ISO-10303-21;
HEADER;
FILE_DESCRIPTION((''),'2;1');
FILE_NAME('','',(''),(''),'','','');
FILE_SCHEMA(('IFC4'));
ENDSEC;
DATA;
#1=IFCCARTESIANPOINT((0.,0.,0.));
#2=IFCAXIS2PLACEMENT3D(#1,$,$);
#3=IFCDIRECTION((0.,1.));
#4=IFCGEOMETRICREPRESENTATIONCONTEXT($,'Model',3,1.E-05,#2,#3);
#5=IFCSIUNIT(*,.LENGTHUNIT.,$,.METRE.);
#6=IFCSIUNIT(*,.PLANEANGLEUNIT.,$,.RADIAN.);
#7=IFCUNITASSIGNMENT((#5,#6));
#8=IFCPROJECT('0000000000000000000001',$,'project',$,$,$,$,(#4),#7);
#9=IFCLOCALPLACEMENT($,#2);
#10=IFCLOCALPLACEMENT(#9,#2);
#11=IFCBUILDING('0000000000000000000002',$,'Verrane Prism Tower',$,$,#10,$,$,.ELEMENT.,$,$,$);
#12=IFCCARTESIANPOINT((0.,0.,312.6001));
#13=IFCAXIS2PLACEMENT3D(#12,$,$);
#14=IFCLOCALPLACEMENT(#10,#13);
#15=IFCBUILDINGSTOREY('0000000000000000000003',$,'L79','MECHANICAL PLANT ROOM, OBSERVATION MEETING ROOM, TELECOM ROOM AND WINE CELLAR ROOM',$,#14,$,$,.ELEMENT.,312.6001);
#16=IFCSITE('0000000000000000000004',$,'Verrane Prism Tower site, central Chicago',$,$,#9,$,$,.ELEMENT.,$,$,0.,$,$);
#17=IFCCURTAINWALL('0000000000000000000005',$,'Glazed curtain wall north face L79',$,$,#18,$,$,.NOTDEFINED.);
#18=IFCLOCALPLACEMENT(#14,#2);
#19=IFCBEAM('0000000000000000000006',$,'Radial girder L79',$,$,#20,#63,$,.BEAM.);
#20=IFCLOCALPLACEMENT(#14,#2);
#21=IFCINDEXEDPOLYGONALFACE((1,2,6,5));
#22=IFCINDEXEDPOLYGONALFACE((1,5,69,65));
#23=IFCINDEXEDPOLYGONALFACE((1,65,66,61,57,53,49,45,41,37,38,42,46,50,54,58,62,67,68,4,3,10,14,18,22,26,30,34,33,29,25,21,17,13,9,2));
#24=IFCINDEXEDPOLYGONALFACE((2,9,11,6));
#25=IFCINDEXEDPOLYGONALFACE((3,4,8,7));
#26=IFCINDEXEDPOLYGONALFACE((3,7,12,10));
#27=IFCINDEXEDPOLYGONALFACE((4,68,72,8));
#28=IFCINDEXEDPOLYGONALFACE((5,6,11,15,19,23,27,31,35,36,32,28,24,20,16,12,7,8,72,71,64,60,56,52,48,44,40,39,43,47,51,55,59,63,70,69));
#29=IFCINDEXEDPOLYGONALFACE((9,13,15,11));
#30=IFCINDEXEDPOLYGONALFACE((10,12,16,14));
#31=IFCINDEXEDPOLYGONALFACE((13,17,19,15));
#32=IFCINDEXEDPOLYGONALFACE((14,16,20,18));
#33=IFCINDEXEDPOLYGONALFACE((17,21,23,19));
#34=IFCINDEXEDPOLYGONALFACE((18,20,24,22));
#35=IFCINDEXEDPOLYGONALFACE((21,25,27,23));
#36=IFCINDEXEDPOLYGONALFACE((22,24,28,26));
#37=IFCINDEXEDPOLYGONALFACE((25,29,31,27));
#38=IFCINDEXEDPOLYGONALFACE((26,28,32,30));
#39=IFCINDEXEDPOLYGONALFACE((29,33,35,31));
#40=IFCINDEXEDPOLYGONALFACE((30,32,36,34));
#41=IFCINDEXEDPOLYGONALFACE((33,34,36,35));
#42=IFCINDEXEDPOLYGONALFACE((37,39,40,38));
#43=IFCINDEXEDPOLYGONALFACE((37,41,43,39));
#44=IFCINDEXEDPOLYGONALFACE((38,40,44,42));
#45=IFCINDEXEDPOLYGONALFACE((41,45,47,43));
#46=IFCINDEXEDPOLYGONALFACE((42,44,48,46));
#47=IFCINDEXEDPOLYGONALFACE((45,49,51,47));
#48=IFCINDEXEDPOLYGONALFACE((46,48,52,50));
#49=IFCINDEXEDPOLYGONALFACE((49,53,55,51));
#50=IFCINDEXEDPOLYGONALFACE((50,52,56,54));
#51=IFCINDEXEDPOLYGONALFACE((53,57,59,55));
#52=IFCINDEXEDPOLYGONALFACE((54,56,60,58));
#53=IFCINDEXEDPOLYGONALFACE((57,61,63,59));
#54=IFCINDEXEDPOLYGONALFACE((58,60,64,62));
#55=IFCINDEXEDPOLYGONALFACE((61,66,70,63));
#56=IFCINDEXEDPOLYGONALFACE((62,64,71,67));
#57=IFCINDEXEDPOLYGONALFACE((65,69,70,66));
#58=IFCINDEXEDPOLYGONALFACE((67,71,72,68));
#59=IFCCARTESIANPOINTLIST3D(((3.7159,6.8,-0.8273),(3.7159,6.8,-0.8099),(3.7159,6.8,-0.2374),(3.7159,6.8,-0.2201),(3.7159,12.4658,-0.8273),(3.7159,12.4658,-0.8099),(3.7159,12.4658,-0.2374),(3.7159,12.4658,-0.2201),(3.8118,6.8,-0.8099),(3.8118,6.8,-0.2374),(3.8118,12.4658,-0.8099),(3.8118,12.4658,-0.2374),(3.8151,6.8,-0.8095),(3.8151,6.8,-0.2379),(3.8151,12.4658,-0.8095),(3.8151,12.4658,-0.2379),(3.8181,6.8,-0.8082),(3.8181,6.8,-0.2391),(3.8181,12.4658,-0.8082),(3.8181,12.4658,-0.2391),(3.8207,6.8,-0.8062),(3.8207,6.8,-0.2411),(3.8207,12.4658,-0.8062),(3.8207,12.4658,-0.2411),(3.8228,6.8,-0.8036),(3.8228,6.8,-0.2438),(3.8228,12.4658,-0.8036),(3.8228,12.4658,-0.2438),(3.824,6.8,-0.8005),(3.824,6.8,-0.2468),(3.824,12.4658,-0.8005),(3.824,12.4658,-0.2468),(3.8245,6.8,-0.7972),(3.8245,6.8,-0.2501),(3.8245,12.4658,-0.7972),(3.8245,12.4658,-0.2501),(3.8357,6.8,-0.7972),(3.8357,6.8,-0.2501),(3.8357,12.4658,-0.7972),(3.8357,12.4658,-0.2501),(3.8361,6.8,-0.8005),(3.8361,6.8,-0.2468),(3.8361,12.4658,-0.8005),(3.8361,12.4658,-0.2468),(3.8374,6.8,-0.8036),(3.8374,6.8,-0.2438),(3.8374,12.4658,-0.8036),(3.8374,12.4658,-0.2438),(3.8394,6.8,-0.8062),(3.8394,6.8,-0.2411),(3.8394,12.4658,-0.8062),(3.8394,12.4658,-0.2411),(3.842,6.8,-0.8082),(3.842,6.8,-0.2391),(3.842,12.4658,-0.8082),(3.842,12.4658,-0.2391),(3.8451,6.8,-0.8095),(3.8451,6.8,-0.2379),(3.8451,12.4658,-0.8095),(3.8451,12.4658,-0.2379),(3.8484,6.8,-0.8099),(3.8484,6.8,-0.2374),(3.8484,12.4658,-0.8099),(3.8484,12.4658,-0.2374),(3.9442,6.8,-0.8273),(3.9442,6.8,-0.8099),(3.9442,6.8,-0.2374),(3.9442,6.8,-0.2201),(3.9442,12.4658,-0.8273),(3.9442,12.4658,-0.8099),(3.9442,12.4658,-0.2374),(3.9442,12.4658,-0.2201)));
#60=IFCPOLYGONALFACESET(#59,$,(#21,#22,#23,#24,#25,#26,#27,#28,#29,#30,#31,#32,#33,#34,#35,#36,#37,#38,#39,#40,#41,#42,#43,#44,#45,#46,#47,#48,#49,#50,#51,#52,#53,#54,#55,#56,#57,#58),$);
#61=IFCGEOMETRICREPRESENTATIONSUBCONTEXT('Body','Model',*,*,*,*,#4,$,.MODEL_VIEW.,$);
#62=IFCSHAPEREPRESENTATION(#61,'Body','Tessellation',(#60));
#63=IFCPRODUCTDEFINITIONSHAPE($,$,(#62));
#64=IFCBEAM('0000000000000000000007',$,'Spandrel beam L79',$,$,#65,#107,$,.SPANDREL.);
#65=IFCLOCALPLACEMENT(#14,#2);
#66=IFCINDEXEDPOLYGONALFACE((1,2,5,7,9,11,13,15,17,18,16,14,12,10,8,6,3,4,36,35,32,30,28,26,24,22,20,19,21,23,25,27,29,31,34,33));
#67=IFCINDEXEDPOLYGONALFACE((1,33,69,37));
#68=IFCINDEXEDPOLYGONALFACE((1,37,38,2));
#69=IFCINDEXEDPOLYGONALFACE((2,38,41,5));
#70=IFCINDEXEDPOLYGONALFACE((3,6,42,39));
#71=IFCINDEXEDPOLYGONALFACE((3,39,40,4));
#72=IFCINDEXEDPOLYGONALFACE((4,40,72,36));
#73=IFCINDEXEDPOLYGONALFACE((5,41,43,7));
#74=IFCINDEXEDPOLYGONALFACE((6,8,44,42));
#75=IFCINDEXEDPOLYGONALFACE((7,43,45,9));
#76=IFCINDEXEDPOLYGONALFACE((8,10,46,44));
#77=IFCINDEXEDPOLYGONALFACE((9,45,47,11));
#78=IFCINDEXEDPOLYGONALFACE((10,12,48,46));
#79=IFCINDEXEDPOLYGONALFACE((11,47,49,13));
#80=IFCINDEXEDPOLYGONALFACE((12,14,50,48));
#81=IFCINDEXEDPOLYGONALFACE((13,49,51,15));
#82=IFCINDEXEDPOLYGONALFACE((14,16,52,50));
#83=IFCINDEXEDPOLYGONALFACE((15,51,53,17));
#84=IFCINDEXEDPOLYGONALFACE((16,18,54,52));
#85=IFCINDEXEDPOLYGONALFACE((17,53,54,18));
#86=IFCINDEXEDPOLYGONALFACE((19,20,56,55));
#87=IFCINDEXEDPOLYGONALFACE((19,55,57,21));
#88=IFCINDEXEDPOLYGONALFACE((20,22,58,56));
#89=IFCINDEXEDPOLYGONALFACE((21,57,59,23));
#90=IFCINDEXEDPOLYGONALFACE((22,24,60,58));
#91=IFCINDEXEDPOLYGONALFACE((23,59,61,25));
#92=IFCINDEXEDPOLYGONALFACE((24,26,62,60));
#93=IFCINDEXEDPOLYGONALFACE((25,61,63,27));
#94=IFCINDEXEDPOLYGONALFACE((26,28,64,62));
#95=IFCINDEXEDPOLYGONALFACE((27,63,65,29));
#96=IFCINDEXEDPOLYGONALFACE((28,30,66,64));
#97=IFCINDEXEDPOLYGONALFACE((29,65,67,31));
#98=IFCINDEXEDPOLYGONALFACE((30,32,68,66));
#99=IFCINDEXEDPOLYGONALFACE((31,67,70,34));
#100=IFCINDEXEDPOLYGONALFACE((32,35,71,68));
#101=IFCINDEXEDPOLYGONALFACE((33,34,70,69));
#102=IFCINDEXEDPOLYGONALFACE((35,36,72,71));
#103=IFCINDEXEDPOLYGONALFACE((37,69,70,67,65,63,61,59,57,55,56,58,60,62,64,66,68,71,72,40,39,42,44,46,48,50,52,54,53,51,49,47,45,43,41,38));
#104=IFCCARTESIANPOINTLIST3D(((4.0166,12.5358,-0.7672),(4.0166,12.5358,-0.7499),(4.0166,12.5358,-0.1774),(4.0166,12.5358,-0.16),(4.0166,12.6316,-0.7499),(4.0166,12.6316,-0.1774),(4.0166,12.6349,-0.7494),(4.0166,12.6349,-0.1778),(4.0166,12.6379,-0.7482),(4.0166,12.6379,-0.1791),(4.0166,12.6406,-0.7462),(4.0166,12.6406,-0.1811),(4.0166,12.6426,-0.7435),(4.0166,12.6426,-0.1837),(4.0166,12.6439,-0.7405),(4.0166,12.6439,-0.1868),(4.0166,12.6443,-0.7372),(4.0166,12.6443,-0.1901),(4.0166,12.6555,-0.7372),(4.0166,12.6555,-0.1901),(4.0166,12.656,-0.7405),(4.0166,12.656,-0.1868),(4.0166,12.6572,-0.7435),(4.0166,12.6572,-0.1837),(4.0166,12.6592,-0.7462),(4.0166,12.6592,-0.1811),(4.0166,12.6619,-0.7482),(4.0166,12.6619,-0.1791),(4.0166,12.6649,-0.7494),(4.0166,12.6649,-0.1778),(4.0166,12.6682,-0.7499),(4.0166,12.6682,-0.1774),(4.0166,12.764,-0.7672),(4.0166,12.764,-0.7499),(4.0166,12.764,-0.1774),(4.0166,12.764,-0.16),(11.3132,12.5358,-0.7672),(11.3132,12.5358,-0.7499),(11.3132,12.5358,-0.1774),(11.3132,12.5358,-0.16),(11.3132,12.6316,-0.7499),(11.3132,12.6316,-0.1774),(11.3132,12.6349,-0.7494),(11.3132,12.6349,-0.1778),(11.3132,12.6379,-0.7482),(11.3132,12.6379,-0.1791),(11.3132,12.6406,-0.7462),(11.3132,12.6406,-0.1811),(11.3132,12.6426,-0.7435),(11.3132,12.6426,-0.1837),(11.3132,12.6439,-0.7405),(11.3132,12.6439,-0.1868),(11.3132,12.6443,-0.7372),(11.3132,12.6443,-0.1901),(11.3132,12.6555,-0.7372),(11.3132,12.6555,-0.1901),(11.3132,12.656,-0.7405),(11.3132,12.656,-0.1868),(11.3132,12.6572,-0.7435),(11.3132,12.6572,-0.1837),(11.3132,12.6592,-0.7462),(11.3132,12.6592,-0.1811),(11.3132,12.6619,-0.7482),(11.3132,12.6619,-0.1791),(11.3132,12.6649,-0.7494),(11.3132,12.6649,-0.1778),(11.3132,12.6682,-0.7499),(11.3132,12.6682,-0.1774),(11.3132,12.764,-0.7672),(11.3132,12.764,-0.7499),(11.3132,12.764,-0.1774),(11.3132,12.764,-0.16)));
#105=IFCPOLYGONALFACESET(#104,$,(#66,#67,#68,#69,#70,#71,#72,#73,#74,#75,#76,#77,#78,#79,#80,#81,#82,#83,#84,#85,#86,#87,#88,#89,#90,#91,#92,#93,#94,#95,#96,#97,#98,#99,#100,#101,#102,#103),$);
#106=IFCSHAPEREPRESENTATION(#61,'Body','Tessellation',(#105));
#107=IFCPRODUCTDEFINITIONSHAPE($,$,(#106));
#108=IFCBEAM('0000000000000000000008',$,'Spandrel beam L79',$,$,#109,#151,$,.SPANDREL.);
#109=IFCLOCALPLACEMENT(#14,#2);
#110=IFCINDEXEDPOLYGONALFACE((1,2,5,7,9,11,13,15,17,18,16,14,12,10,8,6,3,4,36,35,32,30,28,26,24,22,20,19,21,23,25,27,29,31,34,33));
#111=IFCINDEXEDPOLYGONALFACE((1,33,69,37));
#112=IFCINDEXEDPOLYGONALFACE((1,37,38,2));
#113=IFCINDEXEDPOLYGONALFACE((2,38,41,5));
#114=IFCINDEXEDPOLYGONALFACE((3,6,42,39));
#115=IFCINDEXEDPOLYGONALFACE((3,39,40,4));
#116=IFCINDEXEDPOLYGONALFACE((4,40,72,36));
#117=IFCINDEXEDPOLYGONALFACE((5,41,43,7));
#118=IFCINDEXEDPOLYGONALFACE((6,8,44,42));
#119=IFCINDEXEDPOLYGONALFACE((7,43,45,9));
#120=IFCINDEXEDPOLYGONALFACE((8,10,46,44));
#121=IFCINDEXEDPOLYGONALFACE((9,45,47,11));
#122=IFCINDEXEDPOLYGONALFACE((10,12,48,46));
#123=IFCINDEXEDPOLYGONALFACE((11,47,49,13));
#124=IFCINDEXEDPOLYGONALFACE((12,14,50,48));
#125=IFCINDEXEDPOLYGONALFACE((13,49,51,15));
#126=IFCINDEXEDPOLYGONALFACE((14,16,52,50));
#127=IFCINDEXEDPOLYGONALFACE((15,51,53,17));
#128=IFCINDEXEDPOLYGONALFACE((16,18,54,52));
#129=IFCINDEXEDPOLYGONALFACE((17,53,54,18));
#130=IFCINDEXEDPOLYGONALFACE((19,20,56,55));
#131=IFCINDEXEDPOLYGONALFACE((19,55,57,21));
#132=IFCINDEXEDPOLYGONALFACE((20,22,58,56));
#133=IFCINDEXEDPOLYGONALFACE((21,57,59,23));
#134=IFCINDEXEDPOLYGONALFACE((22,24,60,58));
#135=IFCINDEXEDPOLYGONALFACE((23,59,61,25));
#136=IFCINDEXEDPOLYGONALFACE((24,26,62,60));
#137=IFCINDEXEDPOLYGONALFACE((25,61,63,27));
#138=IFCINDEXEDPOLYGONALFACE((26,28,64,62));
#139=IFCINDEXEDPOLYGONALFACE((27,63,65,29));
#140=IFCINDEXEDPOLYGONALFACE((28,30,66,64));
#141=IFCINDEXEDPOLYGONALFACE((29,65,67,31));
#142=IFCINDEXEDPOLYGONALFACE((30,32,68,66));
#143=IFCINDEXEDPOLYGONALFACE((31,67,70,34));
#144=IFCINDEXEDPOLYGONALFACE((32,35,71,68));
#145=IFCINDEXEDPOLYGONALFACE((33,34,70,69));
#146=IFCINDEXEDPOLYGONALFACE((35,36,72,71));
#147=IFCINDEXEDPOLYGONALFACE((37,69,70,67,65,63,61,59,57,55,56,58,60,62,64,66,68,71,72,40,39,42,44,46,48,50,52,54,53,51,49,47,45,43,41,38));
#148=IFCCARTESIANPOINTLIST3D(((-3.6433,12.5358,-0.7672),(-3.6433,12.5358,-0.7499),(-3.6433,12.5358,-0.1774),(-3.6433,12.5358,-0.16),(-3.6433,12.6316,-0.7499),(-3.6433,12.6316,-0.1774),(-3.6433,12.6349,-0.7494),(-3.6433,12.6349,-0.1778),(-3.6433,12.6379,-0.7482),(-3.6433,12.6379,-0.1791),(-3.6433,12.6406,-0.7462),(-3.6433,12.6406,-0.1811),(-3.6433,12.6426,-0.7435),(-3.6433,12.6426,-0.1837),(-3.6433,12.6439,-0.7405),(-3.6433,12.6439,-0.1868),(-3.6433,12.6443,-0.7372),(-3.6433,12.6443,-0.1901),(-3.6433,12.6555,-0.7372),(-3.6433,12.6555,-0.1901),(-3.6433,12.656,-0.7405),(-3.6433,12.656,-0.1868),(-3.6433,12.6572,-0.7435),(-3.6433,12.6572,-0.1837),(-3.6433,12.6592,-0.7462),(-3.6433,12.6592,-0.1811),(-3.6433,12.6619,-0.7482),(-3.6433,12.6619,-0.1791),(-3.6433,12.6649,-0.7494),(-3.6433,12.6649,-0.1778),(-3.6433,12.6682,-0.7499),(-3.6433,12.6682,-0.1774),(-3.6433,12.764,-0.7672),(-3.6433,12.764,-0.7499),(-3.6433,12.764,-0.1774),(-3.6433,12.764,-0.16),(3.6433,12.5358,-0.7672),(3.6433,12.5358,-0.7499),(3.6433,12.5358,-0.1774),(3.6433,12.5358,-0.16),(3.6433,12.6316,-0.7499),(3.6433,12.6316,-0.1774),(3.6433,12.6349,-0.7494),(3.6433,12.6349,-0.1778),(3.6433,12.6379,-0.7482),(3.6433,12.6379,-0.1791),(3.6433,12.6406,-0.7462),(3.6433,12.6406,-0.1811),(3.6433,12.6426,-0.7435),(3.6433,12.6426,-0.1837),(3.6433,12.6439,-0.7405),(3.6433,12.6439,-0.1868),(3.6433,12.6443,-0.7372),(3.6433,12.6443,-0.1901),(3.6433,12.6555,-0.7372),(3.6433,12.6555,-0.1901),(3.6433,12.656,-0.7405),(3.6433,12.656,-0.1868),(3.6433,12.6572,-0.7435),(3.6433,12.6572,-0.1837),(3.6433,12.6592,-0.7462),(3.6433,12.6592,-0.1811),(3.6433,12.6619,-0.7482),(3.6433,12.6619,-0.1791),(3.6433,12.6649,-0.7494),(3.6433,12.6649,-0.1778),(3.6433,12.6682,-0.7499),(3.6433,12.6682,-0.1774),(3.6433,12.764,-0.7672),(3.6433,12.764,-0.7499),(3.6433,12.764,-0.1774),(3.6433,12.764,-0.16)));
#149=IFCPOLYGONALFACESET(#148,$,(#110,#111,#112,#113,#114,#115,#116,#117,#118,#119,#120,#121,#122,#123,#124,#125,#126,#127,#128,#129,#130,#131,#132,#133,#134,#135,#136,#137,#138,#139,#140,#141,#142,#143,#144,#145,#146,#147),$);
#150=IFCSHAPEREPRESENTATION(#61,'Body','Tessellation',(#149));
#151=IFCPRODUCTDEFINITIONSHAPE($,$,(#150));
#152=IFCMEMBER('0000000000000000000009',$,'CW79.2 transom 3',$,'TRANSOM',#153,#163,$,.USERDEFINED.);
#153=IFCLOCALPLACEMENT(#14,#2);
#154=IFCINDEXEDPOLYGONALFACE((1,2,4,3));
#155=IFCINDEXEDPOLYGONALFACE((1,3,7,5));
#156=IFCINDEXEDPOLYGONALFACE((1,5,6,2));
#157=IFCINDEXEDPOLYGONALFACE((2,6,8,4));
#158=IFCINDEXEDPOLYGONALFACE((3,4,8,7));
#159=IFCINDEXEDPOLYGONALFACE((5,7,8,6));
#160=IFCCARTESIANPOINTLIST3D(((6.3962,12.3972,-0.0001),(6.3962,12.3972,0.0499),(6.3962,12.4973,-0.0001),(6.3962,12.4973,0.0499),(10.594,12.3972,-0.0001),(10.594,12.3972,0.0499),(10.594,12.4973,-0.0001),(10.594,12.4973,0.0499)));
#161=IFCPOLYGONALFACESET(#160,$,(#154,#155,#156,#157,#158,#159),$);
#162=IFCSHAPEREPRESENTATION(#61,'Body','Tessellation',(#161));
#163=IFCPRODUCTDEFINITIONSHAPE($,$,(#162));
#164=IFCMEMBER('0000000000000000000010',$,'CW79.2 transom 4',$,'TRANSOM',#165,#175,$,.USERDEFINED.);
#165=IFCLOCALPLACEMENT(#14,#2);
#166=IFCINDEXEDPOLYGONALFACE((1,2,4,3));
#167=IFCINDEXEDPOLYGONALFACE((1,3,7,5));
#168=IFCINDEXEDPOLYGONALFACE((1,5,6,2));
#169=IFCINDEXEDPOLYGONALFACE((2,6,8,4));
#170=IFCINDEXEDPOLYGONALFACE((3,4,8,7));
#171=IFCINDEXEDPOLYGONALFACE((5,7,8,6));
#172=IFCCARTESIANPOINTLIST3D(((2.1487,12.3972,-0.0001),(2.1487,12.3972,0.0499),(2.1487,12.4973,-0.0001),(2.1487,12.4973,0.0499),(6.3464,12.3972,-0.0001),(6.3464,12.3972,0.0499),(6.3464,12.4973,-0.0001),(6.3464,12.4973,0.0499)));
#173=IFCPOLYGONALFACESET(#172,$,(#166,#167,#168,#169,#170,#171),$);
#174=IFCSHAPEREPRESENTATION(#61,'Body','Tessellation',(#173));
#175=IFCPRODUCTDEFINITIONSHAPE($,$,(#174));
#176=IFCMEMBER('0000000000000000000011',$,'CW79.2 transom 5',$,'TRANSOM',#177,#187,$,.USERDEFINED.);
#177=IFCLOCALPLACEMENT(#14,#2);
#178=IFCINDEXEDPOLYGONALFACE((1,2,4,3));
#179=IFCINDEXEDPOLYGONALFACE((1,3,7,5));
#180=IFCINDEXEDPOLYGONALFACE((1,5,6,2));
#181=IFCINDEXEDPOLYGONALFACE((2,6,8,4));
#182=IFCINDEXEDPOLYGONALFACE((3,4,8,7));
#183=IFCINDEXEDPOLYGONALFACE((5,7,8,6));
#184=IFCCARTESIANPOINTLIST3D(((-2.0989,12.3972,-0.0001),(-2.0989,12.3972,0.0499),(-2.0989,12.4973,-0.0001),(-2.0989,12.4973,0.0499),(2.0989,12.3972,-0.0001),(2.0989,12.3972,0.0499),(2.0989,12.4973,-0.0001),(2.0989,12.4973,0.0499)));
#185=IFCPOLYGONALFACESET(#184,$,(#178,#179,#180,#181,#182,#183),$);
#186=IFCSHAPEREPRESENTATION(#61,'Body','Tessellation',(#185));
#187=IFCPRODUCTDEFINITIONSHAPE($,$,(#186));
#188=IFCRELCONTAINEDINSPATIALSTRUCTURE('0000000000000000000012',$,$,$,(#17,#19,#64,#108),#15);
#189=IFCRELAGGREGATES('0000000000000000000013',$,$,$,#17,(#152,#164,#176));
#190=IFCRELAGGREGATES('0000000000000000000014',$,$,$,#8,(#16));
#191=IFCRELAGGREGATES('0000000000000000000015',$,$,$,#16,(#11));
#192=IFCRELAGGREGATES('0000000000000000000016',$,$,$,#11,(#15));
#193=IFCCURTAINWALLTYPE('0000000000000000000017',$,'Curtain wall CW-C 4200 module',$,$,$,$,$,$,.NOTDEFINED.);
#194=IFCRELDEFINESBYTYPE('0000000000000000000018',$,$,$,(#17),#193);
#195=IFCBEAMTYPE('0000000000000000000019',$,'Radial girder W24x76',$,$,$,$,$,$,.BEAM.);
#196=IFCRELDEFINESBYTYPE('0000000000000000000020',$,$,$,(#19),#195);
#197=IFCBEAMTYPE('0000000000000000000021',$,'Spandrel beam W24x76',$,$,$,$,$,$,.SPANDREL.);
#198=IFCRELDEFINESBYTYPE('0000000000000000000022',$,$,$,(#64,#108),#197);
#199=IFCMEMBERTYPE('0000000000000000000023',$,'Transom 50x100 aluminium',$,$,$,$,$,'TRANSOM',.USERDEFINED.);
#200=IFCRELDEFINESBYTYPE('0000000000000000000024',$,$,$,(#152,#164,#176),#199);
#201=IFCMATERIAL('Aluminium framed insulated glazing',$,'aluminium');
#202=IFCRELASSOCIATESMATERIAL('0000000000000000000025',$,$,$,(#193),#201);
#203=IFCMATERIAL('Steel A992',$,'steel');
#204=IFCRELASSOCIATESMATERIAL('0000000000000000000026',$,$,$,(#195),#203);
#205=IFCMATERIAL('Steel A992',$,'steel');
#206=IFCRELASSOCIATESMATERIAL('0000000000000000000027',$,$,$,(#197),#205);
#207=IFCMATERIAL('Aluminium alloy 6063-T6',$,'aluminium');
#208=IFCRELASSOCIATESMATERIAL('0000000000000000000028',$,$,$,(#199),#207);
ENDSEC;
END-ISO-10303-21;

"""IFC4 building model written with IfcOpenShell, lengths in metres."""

from ifc_helpers import new_model, si_unit, direction, frame, origin, origin_2d, place, context, subcontext, project, spatial, rectangle, i_section, extrude, material, material_profile, profile_set, type_object, element, aggregate, save


model = new_model("IFC4")

# Units and contexts
model_context = context("Model", 3, precision=1e-05, world=origin(), true_north=direction((0.0, 1.0)))
body_context = subcontext(model_context, "Body", "Model", "MODEL_VIEW")
ifc_project = project(units=[si_unit("LENGTHUNIT", "METRE"), si_unit("PLANEANGLEUNIT", "RADIAN")], contexts=[model_context])

# Site, building, storey
site_placement = place(None, origin())
site = spatial("IfcSite", under=ifc_project, at=site_placement, Name="Verrane Prism Tower site, central Chicago", CompositionType="ELEMENT", RefElevation=0.0)
building_placement = place(site_placement, origin())
building = spatial("IfcBuilding", under=site, at=building_placement, Name="Verrane Prism Tower", CompositionType="ELEMENT")
storey_placement = place(building_placement, frame((0.0, 0.0, 312.6001)))
storey = spatial("IfcBuildingStorey", under=building, at=storey_placement, Name="L79", Description="MECHANICAL PLANT ROOM, OBSERVATION MEETING ROOM, TELECOM ROOM AND WINE CELLAR ROOM", CompositionType="ELEMENT", Elevation=312.6001)

# Curtain wall
ifc_material_1 = material(Name="Aluminium framed insulated glazing", Category="aluminium")
curtain_wall_type = type_object("IfcCurtainWallType", Name="Curtain wall CW-C 4200 module", PredefinedType="NOTDEFINED", material=ifc_material_1)
curtain_wall_placement = place(storey_placement, origin())
curtain_wall = element("IfcCurtainWall", 1, at=curtain_wall_placement, inside=storey, type_object=curtain_wall_type, Name="Glazed curtain wall north face L79", PredefinedType="NOTDEFINED")

# Beams
ifc_material_2 = material(Name="Steel A992", Category="steel")
ifc_material_profile_1 = material_profile(ifc_material_2, i_section(OverallWidth=0.2283, OverallDepth=0.6072, WebThickness=0.0112, FlangeThickness=0.0173, FilletRadius=0.0127, at=origin_2d()), Name="W24x76")
ifc_profile_set_1 = profile_set([ifc_material_profile_1], Name="Steel A992")
beam_type_1 = type_object("IfcBeamType", Name="Radial girder W24x76", PredefinedType="BEAM", material=ifc_profile_set_1)
beam_1_placement = place(storey_placement, frame((3.8301, 12.4658, -0.5237), z_axis=(0.0, -1.0, 0.0), x_axis=(1.0, 0.0, 0.0)))
element("IfcBeam", 2, at=beam_1_placement, inside=storey, type_object=beam_type_1, Name="Radial girder L79", PredefinedType="BEAM", context=body_context, shape_type="SweptSolid", body=[
    extrude(i_section(OverallWidth=0.2283, OverallDepth=0.6072, WebThickness=0.0112, FlangeThickness=0.0173, FilletRadius=0.0127, at=origin_2d()), origin(), (0.0, 0.0, 1.0), 5.6658),
])
ifc_material_3 = material(Name="Steel A992", Category="steel")
ifc_material_profile_2 = material_profile(ifc_material_3, i_section(OverallWidth=0.2283, OverallDepth=0.6072, WebThickness=0.0112, FlangeThickness=0.0173, FilletRadius=0.0127, at=origin_2d()), Name="W24x76")
ifc_profile_set_2 = profile_set([ifc_material_profile_2], Name="Steel A992")
beam_type_2 = type_object("IfcBeamType", Name="Spandrel beam W24x76", PredefinedType="SPANDREL", material=ifc_profile_set_2)
beam_2_placement = place(storey_placement, frame((11.3132, 12.6499, -0.4636), z_axis=(-1.0, 0.0, 0.0), x_axis=(0.0, -1.0, 0.0)))
element("IfcBeam", 3, at=beam_2_placement, inside=storey, type_object=beam_type_2, Name="Spandrel beam L79", PredefinedType="SPANDREL", context=body_context, shape_type="SweptSolid", body=[
    extrude(i_section(OverallWidth=0.2283, OverallDepth=0.6072, WebThickness=0.0112, FlangeThickness=0.0173, FilletRadius=0.0127, at=origin_2d()), origin(), (0.0, 0.0, 1.0), 7.2966),
])
beam_3_placement = place(storey_placement, frame((3.6433, 12.6499, -0.4636), z_axis=(-1.0, 0.0, 0.0), x_axis=(0.0, -1.0, 0.0)))
element("IfcBeam", 4, at=beam_3_placement, inside=storey, type_object=beam_type_2, Name="Spandrel beam L79", PredefinedType="SPANDREL", context=body_context, shape_type="SweptSolid", body=[
    extrude(i_section(OverallWidth=0.2283, OverallDepth=0.6072, WebThickness=0.0112, FlangeThickness=0.0173, FilletRadius=0.0127, at=origin_2d()), origin(), (0.0, 0.0, 1.0), 7.2866),
])

# Members
ifc_material_4 = material(Name="Aluminium alloy 6063-T6", Category="aluminium")
ifc_material_profile_3 = material_profile(ifc_material_4, rectangle(XDim=0.1001, YDim=0.05, at=origin_2d()), Name="Transom 50x100 aluminium")
ifc_profile_set_3 = profile_set([ifc_material_profile_3], Name="Aluminium alloy 6063-T6")
member_type_1 = type_object("IfcMemberType", Name="Transom 50x100 aluminium", ElementType="TRANSOM", PredefinedType="USERDEFINED", material=ifc_profile_set_3)
member_1_placement = place(storey_placement, frame((10.594, 12.4473, 0.0249), z_axis=(-1.0, 0.0, 0.0), x_axis=(0.0, -1.0, 0.0)))
member_1 = element("IfcMember", 5, at=member_1_placement, type_object=member_type_1, Name="CW79.2 transom 3", ObjectType="TRANSOM", PredefinedType="USERDEFINED", context=body_context, shape_type="SweptSolid", body=[
    extrude(rectangle(XDim=0.1001, YDim=0.05, at=origin_2d()), origin(), (0.0, 0.0, 1.0), 4.1978),
])
member_2_placement = place(storey_placement, frame((6.3464, 12.4473, 0.0249), z_axis=(-1.0, 0.0, 0.0), x_axis=(0.0, -1.0, 0.0)))
member_2 = element("IfcMember", 6, at=member_2_placement, type_object=member_type_1, Name="CW79.2 transom 4", ObjectType="TRANSOM", PredefinedType="USERDEFINED", context=body_context, shape_type="SweptSolid", body=[
    extrude(rectangle(XDim=0.1001, YDim=0.05, at=origin_2d()), origin(), (0.0, 0.0, 1.0), 4.1978),
])
member_3_placement = place(storey_placement, frame((2.0989, 12.4473, 0.0249), z_axis=(-1.0, 0.0, 0.0), x_axis=(0.0, -1.0, 0.0)))
member_3 = element("IfcMember", 7, at=member_3_placement, type_object=member_type_1, Name="CW79.2 transom 5", ObjectType="TRANSOM", PredefinedType="USERDEFINED", context=body_context, shape_type="SweptSolid", body=[
    extrude(rectangle(XDim=0.1001, YDim=0.05, at=origin_2d()), origin(), (0.0, 0.0, 1.0), 4.1978),
])

aggregate(curtain_wall, [member_1, member_2, member_3])

save(model, "model.ifc")
